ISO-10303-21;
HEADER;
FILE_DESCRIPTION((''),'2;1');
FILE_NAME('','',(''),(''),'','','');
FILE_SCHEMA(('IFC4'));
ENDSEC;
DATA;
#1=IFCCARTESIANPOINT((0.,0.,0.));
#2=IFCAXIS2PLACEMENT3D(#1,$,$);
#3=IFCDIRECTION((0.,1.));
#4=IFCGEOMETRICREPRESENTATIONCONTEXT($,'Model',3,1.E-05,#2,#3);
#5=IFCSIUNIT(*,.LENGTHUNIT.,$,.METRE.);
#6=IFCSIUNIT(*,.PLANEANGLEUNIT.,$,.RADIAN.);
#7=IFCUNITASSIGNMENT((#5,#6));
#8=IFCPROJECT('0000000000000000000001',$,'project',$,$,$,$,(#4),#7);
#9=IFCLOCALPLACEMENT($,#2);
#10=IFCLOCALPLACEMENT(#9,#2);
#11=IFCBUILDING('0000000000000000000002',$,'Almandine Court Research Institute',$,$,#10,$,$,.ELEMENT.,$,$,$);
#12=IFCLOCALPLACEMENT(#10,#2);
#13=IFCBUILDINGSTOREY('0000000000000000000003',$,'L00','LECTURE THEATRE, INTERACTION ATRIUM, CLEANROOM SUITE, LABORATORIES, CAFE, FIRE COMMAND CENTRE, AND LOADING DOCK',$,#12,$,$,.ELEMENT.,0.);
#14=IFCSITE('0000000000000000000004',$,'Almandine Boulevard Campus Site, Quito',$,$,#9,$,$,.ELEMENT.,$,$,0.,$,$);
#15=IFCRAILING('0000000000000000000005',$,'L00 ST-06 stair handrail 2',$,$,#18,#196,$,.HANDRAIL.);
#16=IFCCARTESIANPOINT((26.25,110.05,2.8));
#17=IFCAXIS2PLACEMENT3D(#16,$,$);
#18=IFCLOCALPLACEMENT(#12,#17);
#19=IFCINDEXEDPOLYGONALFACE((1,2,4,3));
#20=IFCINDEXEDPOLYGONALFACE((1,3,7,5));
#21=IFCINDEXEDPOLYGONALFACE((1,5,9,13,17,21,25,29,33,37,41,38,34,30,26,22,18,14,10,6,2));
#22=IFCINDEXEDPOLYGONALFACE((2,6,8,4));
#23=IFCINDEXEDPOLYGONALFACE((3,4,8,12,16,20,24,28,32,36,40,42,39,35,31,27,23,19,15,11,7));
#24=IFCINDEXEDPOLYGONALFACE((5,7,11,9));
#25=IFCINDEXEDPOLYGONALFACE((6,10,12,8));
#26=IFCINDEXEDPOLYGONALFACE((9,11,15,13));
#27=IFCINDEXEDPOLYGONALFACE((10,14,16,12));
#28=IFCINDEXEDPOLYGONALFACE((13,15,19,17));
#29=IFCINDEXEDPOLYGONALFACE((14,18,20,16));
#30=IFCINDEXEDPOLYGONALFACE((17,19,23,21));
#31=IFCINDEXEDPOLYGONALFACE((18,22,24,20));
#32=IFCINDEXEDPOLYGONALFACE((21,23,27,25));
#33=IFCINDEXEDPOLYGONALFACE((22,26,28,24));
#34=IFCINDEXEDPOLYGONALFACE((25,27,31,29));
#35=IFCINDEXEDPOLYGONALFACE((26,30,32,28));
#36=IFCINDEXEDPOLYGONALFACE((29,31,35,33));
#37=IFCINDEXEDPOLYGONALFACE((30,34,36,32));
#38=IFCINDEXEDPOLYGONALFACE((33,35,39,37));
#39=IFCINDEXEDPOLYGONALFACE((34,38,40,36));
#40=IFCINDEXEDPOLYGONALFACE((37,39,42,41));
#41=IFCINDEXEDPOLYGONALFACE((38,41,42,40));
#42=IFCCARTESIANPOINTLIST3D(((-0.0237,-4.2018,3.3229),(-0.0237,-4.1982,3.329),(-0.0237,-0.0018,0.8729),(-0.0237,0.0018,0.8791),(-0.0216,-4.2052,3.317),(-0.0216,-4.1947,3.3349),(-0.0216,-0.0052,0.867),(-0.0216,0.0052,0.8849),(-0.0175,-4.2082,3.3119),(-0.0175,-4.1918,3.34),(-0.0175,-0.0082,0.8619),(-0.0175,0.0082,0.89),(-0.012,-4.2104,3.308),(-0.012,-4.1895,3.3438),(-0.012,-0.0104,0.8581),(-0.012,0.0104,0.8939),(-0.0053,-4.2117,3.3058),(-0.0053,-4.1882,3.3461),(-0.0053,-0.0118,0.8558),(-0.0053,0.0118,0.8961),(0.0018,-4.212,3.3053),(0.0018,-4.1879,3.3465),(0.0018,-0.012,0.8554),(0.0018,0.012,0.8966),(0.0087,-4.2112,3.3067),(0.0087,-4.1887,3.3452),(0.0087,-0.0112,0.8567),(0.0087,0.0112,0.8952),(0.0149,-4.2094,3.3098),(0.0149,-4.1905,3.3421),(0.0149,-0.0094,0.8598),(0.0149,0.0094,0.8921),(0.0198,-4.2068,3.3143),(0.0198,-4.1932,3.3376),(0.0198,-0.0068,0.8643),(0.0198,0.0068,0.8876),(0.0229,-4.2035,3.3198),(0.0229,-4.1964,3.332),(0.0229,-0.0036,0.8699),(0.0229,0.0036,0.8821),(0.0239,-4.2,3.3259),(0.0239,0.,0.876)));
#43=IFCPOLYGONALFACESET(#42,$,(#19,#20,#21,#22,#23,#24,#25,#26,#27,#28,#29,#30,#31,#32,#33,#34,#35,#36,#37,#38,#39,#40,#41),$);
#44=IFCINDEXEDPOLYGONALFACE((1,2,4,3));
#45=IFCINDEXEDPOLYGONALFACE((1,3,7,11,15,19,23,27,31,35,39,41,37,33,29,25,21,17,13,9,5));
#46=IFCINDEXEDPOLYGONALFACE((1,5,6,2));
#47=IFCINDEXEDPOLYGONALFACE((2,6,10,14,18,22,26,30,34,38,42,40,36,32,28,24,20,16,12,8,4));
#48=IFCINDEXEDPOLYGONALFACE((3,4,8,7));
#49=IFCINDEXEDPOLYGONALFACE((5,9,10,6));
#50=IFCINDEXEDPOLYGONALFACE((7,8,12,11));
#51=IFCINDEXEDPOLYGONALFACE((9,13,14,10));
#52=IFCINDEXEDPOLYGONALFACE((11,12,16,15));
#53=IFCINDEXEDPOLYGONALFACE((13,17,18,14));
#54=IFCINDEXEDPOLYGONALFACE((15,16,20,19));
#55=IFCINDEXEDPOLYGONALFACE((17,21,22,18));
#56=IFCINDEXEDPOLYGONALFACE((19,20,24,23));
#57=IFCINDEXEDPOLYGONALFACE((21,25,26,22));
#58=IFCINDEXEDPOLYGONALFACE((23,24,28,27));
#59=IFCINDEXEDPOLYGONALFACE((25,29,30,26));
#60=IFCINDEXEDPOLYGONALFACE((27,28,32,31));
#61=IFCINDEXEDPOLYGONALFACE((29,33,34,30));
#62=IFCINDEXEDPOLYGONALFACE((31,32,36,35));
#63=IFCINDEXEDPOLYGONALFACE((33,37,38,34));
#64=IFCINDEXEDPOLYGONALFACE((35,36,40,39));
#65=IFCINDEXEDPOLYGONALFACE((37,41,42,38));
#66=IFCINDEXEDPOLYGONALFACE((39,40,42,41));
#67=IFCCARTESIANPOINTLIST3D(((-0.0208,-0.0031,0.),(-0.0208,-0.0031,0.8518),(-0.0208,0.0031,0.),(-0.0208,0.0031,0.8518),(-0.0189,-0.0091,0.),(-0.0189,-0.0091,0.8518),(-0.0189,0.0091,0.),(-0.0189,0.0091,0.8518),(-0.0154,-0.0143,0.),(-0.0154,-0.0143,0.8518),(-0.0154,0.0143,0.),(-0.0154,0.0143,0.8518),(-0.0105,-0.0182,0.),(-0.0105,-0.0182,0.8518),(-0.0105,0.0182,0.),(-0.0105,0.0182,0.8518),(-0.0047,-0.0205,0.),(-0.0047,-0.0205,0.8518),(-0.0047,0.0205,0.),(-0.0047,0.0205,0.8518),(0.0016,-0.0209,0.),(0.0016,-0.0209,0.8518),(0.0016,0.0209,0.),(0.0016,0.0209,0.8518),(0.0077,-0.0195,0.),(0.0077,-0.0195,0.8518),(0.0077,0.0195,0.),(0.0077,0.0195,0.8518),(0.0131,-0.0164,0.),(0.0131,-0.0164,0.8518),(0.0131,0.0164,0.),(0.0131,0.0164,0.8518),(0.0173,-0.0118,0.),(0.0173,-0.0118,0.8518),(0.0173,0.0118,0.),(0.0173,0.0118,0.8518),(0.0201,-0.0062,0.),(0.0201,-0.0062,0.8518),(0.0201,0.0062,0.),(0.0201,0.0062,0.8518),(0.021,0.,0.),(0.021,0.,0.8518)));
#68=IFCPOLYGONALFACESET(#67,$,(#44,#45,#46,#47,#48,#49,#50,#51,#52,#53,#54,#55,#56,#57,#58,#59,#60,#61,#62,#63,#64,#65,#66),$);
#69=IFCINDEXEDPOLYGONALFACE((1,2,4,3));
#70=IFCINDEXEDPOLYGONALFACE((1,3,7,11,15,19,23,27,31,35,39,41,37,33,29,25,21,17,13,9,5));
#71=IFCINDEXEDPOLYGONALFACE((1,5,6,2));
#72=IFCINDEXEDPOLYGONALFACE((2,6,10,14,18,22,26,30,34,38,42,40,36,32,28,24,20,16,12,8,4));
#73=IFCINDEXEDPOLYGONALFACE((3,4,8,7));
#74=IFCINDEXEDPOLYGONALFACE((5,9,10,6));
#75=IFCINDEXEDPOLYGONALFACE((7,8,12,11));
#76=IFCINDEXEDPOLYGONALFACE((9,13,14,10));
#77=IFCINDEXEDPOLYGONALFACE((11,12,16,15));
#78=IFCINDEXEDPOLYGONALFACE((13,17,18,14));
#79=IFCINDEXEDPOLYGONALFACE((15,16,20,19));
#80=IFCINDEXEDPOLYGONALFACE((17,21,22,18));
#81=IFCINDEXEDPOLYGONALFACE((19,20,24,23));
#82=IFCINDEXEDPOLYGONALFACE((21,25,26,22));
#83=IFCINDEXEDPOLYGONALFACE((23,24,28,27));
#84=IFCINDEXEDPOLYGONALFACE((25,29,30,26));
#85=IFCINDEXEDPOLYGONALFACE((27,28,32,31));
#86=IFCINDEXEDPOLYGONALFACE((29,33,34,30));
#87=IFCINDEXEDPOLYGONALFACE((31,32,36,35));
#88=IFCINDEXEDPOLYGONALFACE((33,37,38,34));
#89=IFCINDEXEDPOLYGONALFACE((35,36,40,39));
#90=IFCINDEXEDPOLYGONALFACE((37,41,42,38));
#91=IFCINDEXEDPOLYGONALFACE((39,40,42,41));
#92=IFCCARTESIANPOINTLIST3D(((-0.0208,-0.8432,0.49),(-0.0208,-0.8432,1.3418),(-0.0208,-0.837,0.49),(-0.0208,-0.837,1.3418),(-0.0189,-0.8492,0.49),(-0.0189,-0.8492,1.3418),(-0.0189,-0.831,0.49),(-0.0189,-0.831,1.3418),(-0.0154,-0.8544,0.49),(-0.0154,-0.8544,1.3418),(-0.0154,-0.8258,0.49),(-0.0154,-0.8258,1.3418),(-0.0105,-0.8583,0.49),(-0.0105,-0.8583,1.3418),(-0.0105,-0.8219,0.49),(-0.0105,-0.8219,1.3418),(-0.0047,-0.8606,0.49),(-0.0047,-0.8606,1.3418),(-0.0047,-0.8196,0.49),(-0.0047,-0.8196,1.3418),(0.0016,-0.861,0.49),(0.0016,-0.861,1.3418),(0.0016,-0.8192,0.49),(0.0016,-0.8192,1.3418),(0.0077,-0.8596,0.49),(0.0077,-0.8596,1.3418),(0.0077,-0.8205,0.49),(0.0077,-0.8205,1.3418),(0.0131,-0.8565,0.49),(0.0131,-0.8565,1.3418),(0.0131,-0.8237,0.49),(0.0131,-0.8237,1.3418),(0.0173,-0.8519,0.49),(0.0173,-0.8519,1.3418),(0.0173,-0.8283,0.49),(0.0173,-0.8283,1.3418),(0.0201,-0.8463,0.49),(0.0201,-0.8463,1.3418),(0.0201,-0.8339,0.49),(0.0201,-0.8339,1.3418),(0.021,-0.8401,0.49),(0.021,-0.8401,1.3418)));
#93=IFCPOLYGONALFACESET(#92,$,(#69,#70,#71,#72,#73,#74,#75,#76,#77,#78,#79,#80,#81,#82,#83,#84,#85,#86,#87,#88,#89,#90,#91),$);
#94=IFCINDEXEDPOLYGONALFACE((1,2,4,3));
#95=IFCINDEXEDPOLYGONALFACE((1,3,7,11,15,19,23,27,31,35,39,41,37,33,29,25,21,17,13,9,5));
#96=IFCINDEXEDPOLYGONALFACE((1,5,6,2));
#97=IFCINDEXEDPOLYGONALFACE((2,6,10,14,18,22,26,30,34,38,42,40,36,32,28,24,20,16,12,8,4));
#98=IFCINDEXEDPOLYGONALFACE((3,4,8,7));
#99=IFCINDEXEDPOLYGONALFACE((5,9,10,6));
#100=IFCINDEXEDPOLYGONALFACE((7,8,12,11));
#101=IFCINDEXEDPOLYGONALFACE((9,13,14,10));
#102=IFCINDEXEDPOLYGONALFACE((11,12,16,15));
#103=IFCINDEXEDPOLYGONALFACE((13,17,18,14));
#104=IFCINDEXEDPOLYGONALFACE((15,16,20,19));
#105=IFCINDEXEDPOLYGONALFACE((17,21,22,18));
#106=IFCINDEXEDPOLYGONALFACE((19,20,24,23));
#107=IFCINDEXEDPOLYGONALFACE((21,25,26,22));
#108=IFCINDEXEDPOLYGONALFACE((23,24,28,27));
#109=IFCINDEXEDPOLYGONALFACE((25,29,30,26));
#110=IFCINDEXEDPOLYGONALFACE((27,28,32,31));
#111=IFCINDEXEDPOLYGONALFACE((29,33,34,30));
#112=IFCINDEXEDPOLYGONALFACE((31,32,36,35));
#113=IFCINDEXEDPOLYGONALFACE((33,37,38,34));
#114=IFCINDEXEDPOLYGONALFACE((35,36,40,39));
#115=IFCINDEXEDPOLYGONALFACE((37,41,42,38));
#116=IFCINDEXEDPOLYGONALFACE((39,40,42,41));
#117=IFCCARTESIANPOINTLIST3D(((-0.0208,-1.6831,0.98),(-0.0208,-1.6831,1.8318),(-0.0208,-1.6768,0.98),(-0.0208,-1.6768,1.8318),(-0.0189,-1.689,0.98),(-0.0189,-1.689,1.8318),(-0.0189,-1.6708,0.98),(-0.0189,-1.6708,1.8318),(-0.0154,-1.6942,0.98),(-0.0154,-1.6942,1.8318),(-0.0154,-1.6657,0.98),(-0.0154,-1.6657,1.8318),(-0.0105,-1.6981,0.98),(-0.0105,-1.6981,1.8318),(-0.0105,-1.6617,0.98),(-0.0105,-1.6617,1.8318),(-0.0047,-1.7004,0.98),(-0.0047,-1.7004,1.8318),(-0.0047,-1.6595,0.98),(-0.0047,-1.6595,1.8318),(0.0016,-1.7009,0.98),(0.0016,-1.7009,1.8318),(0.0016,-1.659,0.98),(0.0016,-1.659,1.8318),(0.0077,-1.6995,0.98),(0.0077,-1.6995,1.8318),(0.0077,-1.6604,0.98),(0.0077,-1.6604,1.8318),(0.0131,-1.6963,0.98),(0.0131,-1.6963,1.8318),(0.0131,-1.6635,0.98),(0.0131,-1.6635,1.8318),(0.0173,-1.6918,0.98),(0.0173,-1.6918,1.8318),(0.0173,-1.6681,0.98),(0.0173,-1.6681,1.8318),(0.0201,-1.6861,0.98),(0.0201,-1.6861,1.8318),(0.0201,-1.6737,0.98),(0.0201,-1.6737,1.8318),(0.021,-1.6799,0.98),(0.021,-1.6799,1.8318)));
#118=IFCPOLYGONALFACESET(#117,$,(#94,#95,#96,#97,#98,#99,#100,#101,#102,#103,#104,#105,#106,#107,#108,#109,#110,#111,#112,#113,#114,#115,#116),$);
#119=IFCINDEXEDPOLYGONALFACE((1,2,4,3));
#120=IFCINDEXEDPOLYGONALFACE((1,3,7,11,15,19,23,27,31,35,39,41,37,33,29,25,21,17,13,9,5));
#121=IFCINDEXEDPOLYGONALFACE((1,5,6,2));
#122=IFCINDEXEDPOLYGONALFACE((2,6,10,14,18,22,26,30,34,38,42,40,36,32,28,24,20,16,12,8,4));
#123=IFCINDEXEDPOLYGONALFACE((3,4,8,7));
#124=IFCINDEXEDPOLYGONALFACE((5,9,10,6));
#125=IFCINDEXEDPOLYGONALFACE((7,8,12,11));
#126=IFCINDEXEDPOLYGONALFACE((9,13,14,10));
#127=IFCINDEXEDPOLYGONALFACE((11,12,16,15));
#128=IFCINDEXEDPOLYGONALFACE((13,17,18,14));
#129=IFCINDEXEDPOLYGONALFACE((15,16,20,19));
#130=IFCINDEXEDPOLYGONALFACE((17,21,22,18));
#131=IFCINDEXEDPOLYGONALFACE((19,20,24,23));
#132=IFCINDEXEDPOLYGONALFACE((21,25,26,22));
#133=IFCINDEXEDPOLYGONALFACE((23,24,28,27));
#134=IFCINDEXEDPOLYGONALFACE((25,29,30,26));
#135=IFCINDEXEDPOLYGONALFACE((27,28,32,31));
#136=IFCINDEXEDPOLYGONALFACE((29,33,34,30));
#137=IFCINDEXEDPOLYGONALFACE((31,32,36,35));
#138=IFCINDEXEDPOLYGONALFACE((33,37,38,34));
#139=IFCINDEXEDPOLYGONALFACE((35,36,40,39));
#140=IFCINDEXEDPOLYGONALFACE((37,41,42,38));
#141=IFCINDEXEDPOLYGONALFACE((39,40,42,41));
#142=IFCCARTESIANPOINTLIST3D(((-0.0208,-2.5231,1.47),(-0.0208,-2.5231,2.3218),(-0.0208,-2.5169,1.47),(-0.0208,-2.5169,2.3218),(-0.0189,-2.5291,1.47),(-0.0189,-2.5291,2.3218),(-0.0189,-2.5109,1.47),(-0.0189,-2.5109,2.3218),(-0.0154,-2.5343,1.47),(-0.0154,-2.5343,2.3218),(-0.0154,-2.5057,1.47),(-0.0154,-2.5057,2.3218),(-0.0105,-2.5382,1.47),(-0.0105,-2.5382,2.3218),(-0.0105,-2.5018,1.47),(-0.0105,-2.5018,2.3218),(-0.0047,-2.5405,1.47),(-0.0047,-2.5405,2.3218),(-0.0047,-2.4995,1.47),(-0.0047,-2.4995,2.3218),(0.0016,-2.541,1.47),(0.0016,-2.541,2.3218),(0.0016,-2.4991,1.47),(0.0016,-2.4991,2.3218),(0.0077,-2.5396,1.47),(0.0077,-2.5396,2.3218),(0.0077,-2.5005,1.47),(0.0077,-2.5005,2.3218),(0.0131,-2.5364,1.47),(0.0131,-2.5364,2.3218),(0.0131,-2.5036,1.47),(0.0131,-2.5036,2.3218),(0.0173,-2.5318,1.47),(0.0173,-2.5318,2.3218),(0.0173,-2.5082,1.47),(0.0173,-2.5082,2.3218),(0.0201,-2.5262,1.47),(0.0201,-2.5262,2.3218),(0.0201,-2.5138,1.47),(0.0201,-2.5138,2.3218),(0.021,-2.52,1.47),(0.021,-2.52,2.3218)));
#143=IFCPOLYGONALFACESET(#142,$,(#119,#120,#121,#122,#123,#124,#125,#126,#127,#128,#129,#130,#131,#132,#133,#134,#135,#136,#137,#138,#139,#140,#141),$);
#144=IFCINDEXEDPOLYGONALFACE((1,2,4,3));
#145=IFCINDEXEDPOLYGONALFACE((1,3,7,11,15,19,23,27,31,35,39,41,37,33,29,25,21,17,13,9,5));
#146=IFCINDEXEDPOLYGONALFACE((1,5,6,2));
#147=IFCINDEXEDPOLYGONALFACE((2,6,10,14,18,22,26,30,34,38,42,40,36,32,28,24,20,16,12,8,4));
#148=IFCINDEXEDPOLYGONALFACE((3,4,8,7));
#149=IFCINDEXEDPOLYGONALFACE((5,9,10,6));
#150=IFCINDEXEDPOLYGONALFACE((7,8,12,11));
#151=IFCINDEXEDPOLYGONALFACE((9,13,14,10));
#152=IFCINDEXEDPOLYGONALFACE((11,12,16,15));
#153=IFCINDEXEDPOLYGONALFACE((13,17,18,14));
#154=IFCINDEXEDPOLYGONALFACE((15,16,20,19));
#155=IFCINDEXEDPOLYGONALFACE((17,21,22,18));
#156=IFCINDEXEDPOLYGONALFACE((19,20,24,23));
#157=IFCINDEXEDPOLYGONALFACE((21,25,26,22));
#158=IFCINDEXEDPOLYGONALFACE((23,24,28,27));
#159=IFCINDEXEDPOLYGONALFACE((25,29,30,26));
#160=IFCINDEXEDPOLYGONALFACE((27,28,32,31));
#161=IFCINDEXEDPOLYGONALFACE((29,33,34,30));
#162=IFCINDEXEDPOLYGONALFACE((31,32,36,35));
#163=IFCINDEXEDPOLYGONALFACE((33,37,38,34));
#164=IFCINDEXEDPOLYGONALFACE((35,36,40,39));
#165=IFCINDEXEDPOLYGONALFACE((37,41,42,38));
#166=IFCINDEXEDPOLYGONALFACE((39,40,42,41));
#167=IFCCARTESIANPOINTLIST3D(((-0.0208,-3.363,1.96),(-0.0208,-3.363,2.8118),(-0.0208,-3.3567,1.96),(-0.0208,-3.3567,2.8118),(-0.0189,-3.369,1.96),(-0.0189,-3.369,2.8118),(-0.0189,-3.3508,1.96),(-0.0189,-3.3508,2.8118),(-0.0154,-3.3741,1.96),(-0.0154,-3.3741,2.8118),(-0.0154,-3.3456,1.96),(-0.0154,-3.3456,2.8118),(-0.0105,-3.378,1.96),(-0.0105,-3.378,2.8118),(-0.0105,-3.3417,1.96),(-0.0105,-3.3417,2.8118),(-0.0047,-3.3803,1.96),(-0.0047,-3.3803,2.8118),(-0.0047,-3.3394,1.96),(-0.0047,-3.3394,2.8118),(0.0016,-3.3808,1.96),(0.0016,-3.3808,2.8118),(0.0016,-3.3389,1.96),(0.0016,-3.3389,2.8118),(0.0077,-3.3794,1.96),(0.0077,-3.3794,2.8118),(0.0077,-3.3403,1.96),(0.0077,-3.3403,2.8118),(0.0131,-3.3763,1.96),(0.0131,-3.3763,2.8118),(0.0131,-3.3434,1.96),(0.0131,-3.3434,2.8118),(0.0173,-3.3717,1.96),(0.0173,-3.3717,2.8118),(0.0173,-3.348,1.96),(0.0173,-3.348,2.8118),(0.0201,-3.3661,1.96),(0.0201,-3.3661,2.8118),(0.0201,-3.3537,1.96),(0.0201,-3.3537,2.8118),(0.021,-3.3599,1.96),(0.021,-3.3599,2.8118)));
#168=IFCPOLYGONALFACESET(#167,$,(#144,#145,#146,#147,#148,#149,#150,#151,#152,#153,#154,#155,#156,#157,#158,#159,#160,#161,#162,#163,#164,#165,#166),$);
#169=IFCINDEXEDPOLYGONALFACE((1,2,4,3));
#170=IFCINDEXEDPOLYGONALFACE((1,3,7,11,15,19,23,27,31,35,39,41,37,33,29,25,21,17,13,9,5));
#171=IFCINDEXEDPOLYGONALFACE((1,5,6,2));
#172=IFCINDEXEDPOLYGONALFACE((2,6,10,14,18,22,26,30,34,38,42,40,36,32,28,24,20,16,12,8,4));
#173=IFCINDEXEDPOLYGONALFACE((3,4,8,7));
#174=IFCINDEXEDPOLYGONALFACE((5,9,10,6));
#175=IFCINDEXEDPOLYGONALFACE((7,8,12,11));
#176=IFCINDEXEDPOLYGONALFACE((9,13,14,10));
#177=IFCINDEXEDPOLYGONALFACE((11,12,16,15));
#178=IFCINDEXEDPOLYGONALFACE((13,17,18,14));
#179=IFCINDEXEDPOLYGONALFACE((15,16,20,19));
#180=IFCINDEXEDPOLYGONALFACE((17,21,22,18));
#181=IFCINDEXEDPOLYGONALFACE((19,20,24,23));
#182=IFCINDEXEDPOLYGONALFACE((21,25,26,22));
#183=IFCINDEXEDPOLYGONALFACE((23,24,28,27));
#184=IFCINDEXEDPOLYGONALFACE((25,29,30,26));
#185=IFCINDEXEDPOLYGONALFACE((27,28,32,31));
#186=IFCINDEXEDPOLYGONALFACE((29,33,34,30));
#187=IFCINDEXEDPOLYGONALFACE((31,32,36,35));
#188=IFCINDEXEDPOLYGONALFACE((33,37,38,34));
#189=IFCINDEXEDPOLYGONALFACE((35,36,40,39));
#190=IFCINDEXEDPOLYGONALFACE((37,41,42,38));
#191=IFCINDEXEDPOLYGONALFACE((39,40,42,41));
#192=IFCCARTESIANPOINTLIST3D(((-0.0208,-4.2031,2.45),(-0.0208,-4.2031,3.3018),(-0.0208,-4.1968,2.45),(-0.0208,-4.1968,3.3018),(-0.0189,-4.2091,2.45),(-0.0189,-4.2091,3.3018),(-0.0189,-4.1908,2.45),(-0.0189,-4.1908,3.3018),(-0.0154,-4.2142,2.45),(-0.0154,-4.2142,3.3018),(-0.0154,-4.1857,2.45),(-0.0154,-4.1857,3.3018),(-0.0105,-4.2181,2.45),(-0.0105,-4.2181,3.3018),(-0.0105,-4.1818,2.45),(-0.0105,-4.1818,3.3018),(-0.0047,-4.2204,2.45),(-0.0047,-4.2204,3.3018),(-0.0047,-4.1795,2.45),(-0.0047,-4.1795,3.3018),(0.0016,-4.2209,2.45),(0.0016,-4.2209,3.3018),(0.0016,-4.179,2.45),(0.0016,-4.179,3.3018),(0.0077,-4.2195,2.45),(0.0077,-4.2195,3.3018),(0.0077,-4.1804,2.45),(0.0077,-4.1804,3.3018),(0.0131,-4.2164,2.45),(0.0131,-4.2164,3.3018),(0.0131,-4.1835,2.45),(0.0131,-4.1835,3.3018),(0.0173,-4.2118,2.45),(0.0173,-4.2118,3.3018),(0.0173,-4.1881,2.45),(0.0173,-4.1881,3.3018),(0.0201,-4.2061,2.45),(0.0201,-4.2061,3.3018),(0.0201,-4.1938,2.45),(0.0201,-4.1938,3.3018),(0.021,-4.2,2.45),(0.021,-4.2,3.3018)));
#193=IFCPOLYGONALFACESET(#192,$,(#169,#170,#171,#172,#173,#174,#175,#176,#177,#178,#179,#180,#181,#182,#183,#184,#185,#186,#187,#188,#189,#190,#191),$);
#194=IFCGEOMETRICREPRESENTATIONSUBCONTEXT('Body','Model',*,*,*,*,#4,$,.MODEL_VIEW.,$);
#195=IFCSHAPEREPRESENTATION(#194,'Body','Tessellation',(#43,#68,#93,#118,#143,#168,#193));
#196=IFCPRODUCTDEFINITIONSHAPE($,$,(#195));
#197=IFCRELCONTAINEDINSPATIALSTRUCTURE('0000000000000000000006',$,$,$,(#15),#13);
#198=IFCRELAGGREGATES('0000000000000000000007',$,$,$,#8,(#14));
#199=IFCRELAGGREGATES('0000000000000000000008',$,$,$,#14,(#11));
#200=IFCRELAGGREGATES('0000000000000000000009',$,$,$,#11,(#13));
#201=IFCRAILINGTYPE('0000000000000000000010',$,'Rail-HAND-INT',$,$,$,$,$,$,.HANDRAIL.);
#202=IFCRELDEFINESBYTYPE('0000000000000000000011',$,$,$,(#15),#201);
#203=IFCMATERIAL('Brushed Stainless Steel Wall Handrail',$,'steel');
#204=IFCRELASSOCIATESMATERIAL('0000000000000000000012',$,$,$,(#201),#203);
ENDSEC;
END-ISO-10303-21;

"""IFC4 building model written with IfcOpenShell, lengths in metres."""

from ifc_helpers import new_model, si_unit, direction, frame, origin, origin_2d, place, context, subcontext, project, spatial, circle, extrude, material, type_object, element, save


model = new_model("IFC4")

# Units and contexts
model_context = context("Model", 3, precision=1e-05, world=origin(), true_north=direction((0.0, 1.0)))
body_context = subcontext(model_context, "Body", "Model", "MODEL_VIEW")
ifc_project = project(units=[si_unit("LENGTHUNIT", "METRE"), si_unit("PLANEANGLEUNIT", "RADIAN")], contexts=[model_context])

# Site, building, storey
site_placement = place(None, origin())
site = spatial("IfcSite", under=ifc_project, at=site_placement, Name="Almandine Boulevard Campus Site, Quito", CompositionType="ELEMENT", RefElevation=0.0)
building_placement = place(site_placement, origin())
building = spatial("IfcBuilding", under=site, at=building_placement, Name="Almandine Court Research Institute", CompositionType="ELEMENT")
storey_placement = place(building_placement, origin())
storey = spatial("IfcBuildingStorey", under=building, at=storey_placement, Name="L00", Description="LECTURE THEATRE, INTERACTION ATRIUM, CLEANROOM SUITE, LABORATORIES, CAFE, FIRE COMMAND CENTRE, AND LOADING DOCK", CompositionType="ELEMENT", Elevation=0.0)

# Railing
ifc_material_1 = material(Name="Brushed Stainless Steel Wall Handrail", Category="steel")
railing_type_1 = type_object("IfcRailingType", Name="Rail-HAND-INT", PredefinedType="HANDRAIL", material=ifc_material_1)
railing_1_placement = place(storey_placement, frame((26.25, 110.05, 2.8)))
element("IfcRailing", 1, at=railing_1_placement, inside=storey, type_object=railing_type_1, Name="L00 ST-06 stair handrail 2", PredefinedType="HANDRAIL", context=body_context, shape_type="SweptSolid", body=[
    extrude(circle(Radius=0.0239, at=origin_2d()), frame((0.0, 0.0, 0.876), z_axis=(0.0, -0.863781, 0.503868), x_axis=(1.0, 0.0, 0.0)), (0.0, 0.0, 1.0), 4.8623),
    extrude(circle(Radius=0.021, at=origin_2d()), origin(), (0.0, 0.0, 1.0), 0.8518),
    extrude(circle(Radius=0.021, at=origin_2d()), frame((0.0, -0.8401, 0.49)), (0.0, 0.0, 1.0), 0.8518),
    extrude(circle(Radius=0.021, at=origin_2d()), frame((0.0, -1.6799, 0.98)), (0.0, 0.0, 1.0), 0.8518),
    extrude(circle(Radius=0.021, at=origin_2d()), frame((0.0, -2.52, 1.47)), (0.0, 0.0, 1.0), 0.8518),
    extrude(circle(Radius=0.021, at=origin_2d()), frame((0.0, -3.3599, 1.96)), (0.0, 0.0, 1.0), 0.8518),
    extrude(circle(Radius=0.021, at=origin_2d()), frame((0.0, -4.2, 2.45)), (0.0, 0.0, 1.0), 0.8518),
])

save(model, "model.ifc")
